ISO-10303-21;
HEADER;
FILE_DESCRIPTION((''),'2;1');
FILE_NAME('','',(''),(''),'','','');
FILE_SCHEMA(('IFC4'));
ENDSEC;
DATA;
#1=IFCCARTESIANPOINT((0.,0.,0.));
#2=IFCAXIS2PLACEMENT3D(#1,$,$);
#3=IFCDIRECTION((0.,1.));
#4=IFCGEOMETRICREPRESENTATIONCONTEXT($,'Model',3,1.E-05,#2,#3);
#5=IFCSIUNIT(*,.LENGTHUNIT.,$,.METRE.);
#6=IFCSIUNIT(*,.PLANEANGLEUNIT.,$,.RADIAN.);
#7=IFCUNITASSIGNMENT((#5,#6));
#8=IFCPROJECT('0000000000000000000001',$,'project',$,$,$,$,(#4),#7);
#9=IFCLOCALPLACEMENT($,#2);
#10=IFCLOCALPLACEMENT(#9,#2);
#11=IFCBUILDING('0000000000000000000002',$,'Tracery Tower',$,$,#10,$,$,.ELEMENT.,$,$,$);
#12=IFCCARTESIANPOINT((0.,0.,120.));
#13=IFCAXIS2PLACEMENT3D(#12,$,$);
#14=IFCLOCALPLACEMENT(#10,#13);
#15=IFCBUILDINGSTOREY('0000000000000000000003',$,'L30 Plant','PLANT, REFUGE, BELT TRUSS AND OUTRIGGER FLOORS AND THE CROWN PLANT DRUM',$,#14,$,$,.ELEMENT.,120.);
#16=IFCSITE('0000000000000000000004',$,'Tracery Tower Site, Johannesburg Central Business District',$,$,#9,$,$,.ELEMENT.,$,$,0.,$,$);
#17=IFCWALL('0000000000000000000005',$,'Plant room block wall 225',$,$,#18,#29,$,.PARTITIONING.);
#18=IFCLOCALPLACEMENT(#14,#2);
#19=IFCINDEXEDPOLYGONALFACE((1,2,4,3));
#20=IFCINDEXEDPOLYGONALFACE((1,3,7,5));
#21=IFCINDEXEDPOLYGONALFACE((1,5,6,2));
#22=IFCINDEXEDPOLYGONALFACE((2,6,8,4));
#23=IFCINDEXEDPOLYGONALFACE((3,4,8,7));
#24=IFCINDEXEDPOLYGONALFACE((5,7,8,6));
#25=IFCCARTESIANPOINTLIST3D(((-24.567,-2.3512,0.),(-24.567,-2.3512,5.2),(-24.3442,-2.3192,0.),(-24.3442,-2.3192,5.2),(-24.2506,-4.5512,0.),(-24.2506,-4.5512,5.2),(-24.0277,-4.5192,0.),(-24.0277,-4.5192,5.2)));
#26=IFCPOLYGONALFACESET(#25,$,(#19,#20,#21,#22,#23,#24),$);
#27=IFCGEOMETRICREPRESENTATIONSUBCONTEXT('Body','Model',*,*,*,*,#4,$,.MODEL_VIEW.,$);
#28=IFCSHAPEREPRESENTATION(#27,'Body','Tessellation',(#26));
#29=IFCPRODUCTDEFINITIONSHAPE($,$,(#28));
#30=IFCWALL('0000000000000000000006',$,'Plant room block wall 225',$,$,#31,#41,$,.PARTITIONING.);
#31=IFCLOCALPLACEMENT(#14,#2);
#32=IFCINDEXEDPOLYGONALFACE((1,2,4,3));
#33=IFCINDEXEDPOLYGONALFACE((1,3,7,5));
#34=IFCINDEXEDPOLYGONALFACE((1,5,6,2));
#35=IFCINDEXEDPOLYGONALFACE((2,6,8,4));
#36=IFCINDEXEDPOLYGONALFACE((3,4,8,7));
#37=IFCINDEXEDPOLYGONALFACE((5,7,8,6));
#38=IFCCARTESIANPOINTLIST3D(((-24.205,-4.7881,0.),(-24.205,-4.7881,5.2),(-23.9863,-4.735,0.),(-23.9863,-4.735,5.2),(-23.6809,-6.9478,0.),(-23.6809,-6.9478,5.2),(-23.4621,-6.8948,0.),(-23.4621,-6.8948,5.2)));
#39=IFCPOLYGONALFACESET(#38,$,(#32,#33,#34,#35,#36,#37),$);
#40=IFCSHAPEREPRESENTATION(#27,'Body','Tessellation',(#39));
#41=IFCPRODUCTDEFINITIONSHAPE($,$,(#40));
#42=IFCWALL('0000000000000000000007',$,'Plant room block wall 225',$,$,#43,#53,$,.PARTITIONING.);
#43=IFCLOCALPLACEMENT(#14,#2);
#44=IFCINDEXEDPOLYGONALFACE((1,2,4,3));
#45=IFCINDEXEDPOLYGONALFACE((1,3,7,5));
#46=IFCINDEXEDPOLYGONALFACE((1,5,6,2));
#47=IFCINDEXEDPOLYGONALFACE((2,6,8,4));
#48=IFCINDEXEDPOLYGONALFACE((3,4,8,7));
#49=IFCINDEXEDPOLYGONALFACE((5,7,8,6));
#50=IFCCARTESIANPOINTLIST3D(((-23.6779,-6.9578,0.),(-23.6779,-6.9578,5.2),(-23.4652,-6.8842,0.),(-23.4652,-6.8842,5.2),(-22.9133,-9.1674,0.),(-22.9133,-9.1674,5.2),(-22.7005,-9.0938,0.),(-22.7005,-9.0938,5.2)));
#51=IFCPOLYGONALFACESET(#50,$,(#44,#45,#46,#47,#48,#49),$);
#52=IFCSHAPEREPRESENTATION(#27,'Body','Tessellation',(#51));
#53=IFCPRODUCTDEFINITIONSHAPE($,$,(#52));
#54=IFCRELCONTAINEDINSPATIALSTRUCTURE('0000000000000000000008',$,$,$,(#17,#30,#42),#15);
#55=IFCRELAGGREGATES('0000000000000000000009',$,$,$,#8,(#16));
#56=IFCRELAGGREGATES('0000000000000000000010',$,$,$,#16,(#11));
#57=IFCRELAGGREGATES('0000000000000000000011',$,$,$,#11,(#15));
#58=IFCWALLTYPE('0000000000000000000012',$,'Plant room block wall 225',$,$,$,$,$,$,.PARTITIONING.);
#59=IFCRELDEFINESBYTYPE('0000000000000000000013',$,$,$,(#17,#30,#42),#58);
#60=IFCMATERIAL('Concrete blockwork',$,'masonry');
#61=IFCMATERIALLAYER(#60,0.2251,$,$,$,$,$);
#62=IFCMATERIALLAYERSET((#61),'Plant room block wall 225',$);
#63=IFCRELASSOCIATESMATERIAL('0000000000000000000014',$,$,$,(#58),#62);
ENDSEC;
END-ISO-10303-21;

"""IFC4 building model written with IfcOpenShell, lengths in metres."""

from ifc_helpers import new_model, si_unit, direction, frame, frame_2d, origin, place, context, subcontext, project, spatial, rectangle, extrude, material, layer, layer_set, type_object, element, save


model = new_model("IFC4")

# Units and contexts
model_context = context("Model", 3, precision=1e-05, world=origin(), true_north=direction((0.0, 1.0)))
body_context = subcontext(model_context, "Body", "Model", "MODEL_VIEW")
ifc_project = project(units=[si_unit("LENGTHUNIT", "METRE"), si_unit("PLANEANGLEUNIT", "RADIAN")], contexts=[model_context])

# Site, building, storey
site_placement = place(None, origin())
site = spatial("IfcSite", under=ifc_project, at=site_placement, Name="Tracery Tower Site, Johannesburg Central Business District", CompositionType="ELEMENT", RefElevation=0.0)
building_placement = place(site_placement, origin())
building = spatial("IfcBuilding", under=site, at=building_placement, Name="Tracery Tower", CompositionType="ELEMENT")
storey_placement = place(building_placement, frame((0.0, 0.0, 120.0)))
storey = spatial("IfcBuildingStorey", under=building, at=storey_placement, Name="L30 Plant", Description="PLANT, REFUGE, BELT TRUSS AND OUTRIGGER FLOORS AND THE CROWN PLANT DRUM", CompositionType="ELEMENT", Elevation=120.0)

# Shared definitions
ifc_material_1 = material(Name="Concrete blockwork", Category="masonry")
ifc_layer_1 = layer(ifc_material_1, 0.2251)
ifc_layer_set_1 = layer_set([ifc_layer_1], Name="Plant room block wall 225")
wall_type_1 = type_object("IfcWallType", Name="Plant room block wall 225", PredefinedType="PARTITIONING", material=ifc_layer_set_1)

# Walls
wall_1_placement = place(storey_placement, frame((-24.4556, -2.3352, 0.0), z_axis=(0.0, 0.0, 1.0), x_axis=(0.142359, -0.989815, 0.0)))
element("IfcWall", 1, at=wall_1_placement, inside=storey, type_object=wall_type_1, Name="Plant room block wall 225", PredefinedType="PARTITIONING", context=body_context, shape_type="SweptSolid", body=[
    extrude(rectangle(XDim=2.2227, YDim=0.2251, at=frame_2d((1.1113, 0.0))), origin(), (0.0, 0.0, 1.0), 5.2),
])
wall_2_placement = place(storey_placement, frame((-24.0957, -4.7615, 0.0), z_axis=(0.0, 0.0, 1.0), x_axis=(0.235861, -0.971787, 0.0)))
element("IfcWall", 2, at=wall_2_placement, inside=storey, type_object=wall_type_1, Name="Plant room block wall 225", PredefinedType="PARTITIONING", context=body_context, shape_type="SweptSolid", body=[
    extrude(rectangle(XDim=2.2224, YDim=0.2251, at=frame_2d((1.1113, 0.0))), origin(), (0.0, 0.0, 1.0), 5.2),
])
wall_3_placement = place(storey_placement, frame((-23.5715, -6.9211, 0.0), z_axis=(0.0, 0.0, 1.0), x_axis=(0.327046, -0.945008, 0.0)))
element("IfcWall", 3, at=wall_3_placement, inside=storey, type_object=wall_type_1, Name="Plant room block wall 225", PredefinedType="PARTITIONING", context=body_context, shape_type="SweptSolid", body=[
    extrude(rectangle(XDim=2.3381, YDim=0.2251, at=frame_2d((1.1689, 0.0))), origin(), (0.0, 0.0, 1.0), 5.2),
])

save(model, "model.ifc")
